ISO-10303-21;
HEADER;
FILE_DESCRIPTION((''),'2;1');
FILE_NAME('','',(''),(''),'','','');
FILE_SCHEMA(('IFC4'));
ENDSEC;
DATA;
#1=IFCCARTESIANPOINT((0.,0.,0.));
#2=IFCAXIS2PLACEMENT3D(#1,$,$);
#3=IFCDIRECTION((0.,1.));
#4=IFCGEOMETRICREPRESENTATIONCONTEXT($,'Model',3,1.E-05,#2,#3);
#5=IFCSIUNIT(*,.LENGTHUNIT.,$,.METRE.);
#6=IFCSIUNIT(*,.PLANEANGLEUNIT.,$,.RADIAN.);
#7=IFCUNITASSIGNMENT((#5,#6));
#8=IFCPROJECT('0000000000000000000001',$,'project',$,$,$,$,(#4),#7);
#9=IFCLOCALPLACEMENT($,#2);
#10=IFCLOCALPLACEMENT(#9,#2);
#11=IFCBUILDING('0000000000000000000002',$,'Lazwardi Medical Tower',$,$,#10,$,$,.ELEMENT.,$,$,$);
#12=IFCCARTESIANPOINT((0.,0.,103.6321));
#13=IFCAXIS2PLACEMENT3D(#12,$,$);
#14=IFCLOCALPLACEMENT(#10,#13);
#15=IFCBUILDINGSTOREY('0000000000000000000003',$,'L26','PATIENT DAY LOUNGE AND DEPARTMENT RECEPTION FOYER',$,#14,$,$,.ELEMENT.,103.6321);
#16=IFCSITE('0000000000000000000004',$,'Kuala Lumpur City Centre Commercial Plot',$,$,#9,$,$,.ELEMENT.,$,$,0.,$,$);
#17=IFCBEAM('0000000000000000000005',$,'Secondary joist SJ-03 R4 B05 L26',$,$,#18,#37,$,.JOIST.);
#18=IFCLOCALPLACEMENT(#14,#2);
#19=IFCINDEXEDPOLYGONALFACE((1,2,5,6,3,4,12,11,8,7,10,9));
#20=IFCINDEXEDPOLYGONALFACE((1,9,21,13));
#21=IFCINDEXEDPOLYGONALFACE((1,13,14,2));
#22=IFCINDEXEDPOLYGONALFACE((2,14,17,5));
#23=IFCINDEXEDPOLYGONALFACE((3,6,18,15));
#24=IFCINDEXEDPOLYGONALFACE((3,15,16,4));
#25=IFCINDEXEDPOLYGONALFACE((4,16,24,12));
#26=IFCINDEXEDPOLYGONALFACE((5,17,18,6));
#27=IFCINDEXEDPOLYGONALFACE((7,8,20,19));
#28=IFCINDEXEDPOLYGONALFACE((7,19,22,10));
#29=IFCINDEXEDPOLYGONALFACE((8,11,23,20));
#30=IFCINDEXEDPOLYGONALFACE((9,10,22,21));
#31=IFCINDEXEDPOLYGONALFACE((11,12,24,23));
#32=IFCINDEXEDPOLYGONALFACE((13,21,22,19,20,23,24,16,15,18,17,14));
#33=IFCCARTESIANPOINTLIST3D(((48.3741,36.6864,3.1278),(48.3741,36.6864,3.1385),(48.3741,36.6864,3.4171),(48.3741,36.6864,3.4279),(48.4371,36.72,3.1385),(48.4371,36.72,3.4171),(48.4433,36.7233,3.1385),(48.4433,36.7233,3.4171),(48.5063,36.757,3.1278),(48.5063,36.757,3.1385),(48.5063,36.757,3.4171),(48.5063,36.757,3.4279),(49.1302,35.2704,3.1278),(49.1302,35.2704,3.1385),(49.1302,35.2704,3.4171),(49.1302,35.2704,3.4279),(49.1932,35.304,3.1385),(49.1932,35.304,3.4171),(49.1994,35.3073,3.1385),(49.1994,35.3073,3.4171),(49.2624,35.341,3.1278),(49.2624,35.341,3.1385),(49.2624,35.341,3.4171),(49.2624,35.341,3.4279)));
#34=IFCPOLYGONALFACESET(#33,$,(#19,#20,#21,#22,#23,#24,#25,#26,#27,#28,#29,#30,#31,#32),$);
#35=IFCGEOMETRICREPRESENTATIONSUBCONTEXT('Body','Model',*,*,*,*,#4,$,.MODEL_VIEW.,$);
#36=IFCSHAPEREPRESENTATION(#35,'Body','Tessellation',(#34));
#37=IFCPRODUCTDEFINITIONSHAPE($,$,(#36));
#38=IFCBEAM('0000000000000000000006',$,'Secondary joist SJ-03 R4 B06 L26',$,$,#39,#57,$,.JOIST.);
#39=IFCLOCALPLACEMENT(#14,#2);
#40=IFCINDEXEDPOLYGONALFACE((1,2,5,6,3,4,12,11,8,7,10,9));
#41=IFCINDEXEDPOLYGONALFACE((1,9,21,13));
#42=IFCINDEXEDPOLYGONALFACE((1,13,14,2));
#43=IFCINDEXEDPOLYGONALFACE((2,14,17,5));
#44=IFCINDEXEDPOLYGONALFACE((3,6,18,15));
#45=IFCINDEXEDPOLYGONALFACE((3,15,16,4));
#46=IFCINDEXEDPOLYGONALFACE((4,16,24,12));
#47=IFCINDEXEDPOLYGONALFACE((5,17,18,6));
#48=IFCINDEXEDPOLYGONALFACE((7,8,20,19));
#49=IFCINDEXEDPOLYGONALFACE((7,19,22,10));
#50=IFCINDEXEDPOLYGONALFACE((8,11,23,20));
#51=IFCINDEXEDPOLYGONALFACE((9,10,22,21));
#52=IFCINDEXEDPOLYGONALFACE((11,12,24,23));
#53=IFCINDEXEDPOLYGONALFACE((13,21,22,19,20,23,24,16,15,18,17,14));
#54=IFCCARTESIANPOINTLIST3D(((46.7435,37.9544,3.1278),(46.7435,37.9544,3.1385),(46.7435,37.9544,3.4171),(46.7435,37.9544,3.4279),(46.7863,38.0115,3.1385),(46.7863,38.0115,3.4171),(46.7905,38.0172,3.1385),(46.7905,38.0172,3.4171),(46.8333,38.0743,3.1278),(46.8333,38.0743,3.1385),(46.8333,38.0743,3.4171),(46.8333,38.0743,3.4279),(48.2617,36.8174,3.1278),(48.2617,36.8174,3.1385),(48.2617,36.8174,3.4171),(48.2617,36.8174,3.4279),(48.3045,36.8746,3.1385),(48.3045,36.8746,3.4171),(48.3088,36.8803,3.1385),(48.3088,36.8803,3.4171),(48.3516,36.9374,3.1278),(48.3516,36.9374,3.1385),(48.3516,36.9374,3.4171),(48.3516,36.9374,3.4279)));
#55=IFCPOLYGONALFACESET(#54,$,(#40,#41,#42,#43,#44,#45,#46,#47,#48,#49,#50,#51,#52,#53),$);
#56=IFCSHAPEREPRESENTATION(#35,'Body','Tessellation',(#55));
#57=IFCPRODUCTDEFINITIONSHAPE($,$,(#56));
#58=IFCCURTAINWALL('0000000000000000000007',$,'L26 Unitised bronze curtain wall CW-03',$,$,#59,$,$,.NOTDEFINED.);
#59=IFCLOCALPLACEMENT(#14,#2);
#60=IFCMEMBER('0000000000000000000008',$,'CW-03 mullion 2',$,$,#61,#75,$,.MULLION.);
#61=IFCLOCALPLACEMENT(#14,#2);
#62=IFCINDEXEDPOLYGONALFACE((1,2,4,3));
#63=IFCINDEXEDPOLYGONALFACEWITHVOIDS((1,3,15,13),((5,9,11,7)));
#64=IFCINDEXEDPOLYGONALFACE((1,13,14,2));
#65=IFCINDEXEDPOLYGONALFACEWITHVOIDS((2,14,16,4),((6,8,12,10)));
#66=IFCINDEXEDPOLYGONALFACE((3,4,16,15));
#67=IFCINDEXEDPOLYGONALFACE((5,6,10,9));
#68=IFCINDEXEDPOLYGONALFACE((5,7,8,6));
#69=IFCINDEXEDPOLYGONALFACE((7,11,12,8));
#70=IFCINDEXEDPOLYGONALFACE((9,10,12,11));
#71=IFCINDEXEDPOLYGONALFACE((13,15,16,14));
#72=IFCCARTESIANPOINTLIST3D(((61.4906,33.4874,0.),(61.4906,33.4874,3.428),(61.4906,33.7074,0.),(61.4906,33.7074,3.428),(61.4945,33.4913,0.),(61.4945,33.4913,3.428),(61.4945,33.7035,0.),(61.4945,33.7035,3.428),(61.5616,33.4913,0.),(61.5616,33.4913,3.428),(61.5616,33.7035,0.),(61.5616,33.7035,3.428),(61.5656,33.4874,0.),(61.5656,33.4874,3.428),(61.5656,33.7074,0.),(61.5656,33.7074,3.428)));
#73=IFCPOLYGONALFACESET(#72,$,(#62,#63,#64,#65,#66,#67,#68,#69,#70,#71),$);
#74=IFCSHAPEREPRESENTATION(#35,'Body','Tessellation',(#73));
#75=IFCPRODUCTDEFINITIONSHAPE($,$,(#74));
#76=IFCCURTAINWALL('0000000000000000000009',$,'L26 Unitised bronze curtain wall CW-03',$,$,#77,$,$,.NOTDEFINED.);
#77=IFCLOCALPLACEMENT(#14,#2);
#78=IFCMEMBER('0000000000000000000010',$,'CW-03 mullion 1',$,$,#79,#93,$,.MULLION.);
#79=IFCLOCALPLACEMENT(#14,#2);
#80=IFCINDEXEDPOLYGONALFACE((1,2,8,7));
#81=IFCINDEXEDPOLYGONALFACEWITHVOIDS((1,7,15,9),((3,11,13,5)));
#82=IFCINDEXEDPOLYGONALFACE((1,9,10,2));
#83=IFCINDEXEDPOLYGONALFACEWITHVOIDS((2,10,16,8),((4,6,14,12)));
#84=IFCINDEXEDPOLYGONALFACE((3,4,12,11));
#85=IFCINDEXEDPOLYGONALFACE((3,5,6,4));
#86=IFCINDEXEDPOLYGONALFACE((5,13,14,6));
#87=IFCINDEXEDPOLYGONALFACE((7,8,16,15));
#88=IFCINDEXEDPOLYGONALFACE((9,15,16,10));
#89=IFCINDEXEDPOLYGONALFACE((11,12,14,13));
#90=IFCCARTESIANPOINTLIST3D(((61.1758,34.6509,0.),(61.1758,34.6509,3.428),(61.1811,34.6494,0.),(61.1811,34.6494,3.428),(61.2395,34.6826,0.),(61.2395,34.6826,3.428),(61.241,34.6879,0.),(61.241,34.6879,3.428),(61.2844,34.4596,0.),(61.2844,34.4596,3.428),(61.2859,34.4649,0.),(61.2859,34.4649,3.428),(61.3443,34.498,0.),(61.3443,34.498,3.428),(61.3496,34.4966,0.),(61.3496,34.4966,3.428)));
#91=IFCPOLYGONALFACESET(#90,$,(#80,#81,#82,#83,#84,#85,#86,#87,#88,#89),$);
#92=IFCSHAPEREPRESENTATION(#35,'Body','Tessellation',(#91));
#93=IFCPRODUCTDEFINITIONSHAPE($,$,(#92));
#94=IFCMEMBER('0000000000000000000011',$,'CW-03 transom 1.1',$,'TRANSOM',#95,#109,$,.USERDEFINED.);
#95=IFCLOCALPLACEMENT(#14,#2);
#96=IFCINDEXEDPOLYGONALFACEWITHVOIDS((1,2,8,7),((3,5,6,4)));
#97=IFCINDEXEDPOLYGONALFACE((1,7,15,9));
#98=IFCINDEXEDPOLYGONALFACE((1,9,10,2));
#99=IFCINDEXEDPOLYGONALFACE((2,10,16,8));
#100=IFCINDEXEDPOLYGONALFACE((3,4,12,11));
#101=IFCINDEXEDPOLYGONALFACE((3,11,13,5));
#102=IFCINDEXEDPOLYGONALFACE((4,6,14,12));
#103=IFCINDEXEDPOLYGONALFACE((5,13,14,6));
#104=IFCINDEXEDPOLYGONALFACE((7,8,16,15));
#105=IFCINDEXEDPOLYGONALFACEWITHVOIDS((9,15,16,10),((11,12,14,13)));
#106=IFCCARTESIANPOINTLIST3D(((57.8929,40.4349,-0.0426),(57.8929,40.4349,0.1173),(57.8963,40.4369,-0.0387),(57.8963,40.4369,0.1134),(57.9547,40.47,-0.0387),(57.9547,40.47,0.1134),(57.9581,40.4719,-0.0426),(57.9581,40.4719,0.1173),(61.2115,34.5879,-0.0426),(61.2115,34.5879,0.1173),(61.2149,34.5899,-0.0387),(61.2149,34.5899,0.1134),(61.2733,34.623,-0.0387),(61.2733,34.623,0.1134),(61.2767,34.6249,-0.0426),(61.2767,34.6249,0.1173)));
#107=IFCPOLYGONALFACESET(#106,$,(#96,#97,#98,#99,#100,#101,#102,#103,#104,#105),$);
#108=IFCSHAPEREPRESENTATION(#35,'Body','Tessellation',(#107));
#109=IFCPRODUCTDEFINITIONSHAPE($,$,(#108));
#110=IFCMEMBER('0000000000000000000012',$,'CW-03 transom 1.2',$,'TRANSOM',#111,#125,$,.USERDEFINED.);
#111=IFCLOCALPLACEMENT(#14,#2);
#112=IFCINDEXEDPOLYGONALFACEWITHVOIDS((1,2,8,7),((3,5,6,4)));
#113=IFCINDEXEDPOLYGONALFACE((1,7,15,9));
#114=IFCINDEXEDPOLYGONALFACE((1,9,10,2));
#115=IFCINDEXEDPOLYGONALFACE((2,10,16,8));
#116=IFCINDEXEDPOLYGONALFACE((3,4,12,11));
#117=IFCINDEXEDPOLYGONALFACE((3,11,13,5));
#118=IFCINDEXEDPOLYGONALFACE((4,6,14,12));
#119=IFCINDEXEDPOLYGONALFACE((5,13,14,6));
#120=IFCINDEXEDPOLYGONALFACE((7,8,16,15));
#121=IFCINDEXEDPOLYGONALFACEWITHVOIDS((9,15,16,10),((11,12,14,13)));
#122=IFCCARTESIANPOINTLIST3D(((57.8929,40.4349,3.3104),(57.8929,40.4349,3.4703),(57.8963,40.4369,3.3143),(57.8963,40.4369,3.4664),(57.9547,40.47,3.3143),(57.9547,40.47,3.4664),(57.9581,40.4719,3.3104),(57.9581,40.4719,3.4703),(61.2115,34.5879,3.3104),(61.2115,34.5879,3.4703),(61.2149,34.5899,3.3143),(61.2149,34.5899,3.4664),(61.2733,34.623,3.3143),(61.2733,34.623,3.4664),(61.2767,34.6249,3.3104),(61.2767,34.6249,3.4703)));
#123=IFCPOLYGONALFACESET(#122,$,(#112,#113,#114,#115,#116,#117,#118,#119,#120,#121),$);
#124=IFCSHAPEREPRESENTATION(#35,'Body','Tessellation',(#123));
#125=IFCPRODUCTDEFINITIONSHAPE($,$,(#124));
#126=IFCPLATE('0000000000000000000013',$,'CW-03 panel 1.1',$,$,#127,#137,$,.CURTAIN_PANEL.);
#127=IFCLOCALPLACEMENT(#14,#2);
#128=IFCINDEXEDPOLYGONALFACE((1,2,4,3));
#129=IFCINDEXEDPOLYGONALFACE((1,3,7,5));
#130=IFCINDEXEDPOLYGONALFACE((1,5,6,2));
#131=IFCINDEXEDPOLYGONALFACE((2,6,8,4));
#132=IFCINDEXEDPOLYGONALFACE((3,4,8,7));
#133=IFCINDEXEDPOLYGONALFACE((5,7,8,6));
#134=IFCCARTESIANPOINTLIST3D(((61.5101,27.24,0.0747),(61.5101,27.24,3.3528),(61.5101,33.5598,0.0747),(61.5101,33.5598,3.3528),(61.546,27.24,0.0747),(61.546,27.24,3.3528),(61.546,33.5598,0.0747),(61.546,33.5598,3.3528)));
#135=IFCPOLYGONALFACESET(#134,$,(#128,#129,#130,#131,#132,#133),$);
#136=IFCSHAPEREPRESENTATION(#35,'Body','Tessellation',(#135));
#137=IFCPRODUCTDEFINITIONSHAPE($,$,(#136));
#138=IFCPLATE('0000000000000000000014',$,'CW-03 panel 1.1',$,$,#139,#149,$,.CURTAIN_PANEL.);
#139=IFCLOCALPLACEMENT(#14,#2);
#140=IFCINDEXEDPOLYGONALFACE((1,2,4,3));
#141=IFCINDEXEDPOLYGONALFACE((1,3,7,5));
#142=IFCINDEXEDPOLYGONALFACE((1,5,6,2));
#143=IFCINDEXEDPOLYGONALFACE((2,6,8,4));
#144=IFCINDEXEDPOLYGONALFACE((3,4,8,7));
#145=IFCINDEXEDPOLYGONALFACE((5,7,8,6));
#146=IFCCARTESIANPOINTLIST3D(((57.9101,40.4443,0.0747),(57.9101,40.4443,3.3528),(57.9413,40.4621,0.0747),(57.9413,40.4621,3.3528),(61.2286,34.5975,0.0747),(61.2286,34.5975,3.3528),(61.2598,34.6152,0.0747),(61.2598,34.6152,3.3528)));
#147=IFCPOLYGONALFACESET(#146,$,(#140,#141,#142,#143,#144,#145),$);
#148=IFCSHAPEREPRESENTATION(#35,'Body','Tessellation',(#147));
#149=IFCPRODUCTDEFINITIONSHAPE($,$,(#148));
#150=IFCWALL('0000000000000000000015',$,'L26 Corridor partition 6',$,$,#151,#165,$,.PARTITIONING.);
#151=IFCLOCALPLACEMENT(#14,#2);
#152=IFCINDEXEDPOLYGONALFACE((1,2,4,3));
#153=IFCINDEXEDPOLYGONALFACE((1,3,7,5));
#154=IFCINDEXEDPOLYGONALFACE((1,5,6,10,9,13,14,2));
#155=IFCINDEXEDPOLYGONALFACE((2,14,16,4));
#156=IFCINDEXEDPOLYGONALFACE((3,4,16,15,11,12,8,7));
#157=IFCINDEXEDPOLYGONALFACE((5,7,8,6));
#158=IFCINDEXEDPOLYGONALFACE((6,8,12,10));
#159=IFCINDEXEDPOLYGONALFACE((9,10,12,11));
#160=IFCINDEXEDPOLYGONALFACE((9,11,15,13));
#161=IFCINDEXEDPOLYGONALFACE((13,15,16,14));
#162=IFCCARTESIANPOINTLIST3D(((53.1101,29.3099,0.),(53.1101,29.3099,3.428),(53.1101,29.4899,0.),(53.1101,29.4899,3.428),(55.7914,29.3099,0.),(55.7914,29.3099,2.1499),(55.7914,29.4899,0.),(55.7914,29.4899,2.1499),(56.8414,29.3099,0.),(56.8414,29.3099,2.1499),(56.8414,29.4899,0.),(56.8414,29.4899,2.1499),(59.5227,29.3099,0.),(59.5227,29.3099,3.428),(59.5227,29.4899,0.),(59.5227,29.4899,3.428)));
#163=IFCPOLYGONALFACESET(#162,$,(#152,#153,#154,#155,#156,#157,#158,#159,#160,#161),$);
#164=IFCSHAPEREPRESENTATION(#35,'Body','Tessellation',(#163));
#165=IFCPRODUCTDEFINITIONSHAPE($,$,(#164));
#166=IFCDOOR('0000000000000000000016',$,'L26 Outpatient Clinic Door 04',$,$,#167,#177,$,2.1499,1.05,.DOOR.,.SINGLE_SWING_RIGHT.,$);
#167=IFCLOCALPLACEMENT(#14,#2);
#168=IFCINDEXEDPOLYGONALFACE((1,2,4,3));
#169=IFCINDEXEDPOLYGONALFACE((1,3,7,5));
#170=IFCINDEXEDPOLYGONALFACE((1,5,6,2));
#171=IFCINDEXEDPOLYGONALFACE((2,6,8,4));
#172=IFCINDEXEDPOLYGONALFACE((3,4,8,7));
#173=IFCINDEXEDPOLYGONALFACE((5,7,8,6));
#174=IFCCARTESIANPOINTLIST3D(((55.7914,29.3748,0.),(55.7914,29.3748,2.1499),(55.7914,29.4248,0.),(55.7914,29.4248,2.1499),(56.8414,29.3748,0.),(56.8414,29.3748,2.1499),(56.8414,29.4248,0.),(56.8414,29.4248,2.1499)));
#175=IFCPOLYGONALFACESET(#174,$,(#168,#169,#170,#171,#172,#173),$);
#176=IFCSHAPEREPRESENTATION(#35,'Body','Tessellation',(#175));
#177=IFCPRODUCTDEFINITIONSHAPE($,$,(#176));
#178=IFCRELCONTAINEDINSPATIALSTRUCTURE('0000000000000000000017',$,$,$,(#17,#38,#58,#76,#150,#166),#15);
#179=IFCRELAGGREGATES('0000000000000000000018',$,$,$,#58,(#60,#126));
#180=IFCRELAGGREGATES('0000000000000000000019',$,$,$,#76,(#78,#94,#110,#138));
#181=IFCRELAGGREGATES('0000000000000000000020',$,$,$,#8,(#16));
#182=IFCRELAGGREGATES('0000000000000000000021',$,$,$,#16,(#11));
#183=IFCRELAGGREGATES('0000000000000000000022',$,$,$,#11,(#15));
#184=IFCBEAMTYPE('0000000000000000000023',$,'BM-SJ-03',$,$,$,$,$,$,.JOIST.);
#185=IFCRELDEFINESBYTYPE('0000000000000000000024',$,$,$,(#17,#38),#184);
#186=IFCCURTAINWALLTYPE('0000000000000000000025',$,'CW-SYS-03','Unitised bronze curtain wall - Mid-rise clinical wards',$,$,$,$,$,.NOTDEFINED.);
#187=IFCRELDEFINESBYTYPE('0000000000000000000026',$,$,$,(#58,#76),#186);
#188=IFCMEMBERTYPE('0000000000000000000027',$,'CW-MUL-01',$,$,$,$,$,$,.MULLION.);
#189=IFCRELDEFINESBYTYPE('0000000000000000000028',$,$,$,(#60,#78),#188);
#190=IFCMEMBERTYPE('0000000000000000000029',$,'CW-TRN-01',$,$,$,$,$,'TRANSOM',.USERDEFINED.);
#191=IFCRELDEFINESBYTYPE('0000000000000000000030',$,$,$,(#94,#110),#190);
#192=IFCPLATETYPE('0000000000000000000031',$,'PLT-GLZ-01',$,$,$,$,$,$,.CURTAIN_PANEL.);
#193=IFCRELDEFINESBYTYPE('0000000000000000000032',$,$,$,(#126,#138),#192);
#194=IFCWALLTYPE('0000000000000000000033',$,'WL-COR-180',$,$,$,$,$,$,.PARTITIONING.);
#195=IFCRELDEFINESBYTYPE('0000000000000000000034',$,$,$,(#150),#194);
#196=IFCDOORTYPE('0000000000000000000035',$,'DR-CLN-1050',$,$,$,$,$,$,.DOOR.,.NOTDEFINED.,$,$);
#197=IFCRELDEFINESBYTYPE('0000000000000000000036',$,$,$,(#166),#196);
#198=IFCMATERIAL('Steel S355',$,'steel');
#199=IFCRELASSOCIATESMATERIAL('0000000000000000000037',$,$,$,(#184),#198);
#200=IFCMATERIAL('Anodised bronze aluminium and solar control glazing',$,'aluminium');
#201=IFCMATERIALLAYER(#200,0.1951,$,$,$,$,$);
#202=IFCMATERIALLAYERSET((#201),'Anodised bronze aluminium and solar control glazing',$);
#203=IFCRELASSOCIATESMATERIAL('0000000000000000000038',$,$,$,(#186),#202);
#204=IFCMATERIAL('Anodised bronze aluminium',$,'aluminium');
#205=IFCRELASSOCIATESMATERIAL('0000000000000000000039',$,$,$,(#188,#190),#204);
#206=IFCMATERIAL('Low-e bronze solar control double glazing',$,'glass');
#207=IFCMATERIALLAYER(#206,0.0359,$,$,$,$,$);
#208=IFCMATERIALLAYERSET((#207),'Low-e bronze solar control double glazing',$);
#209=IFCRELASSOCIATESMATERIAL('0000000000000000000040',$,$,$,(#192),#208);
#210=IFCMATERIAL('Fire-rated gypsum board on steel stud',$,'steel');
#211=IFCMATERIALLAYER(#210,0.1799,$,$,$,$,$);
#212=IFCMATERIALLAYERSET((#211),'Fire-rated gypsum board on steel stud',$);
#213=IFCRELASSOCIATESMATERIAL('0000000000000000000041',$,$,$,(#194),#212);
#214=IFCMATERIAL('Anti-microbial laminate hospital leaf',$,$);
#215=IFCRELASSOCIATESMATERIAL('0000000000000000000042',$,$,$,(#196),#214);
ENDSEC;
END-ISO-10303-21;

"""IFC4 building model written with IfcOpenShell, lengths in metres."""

from ifc_helpers import new_model, si_unit, direction, frame, frame_2d, origin, origin_2d, place, context, subcontext, project, spatial, rectangle, hollow_rectangle, i_section, extrude, material, layer, layer_set, material_profile, profile_set, type_object, element, fill, aggregate, save


model = new_model("IFC4")

# Units and contexts
model_context = context("Model", 3, precision=1e-05, world=origin(), true_north=direction((0.0, 1.0)))
body_context = subcontext(model_context, "Body", "Model", "MODEL_VIEW")
ifc_project = project(units=[si_unit("LENGTHUNIT", "METRE"), si_unit("PLANEANGLEUNIT", "RADIAN")], contexts=[model_context])

# Site, building, storey
site_placement = place(None, origin())
site = spatial("IfcSite", under=ifc_project, at=site_placement, Name="Kuala Lumpur City Centre Commercial Plot", CompositionType="ELEMENT", RefElevation=0.0)
building_placement = place(site_placement, origin())
building = spatial("IfcBuilding", under=site, at=building_placement, Name="Lazwardi Medical Tower", CompositionType="ELEMENT")
storey_placement = place(building_placement, frame((0.0, 0.0, 103.6321)))
storey = spatial("IfcBuildingStorey", under=building, at=storey_placement, Name="L26", Description="PATIENT DAY LOUNGE AND DEPARTMENT RECEPTION FOYER", CompositionType="ELEMENT", Elevation=103.6321)

# Beams
ifc_material_1 = material(Name="Steel S355", Category="steel")
ifc_material_profile_1 = material_profile(ifc_material_1, i_section(OverallWidth=0.1499, OverallDepth=0.3, WebThickness=0.0071, FlangeThickness=0.0107, at=origin_2d()), Name="IPE 300")
ifc_profile_set_1 = profile_set([ifc_material_profile_1], Name="Steel S355")
beam_type_1 = type_object("IfcBeamType", Name="BM-SJ-03", PredefinedType="JOIST", material=ifc_profile_set_1)
beam_1_placement = place(storey_placement, frame((49.1963, 35.3057, 3.2778), z_axis=(-0.471022, 0.882121, 0.0), x_axis=(-0.882121, -0.471022, 0.0)))
element("IfcBeam", 1, at=beam_1_placement, inside=storey, type_object=beam_type_1, Name="Secondary joist SJ-03 R4 B05 L26", PredefinedType="JOIST", context=body_context, shape_type="SweptSolid", body=[
    extrude(i_section(OverallWidth=0.1499, OverallDepth=0.3, WebThickness=0.0071, FlangeThickness=0.0107, at=origin_2d()), origin(), (0.0, 0.0, 1.0), 1.6052),
])
beam_2_placement = place(storey_placement, frame((48.3066, 36.8774, 3.2778), z_axis=(-0.800448, 0.599403, 0.0), x_axis=(-0.599403, -0.800448, 0.0)))
element("IfcBeam", 2, at=beam_2_placement, inside=storey, type_object=beam_type_1, Name="Secondary joist SJ-03 R4 B06 L26", PredefinedType="JOIST", context=body_context, shape_type="SweptSolid", body=[
    extrude(i_section(OverallWidth=0.1499, OverallDepth=0.3, WebThickness=0.0071, FlangeThickness=0.0107, at=origin_2d()), origin(), (0.0, 0.0, 1.0), 1.8967),
])

# Curtain wall, member
ifc_material_2 = material(Name="Anodised bronze aluminium and solar control glazing", Category="aluminium")
ifc_layer_1 = layer(ifc_material_2, 0.1951)
ifc_layer_set_1 = layer_set([ifc_layer_1], Name="Anodised bronze aluminium and solar control glazing")
curtain_wall_type = type_object("IfcCurtainWallType", Name="CW-SYS-03", Description="Unitised bronze curtain wall - Mid-rise clinical wards", PredefinedType="NOTDEFINED", material=ifc_layer_set_1)
curtain_wall_1_placement = place(storey_placement, origin())
curtain_wall_1 = element("IfcCurtainWall", 3, at=curtain_wall_1_placement, inside=storey, type_object=curtain_wall_type, Name="L26 Unitised bronze curtain wall CW-03", PredefinedType="NOTDEFINED")
ifc_material_3 = material(Name="Anodised bronze aluminium", Category="aluminium")
ifc_material_profile_2 = material_profile(ifc_material_3, hollow_rectangle(XDim=0.075, YDim=0.22, WallThickness=0.0039, at=origin_2d()), Name="ALU-MULLION 220x75x4")
ifc_profile_set_2 = profile_set([ifc_material_profile_2], Name="Anodised bronze aluminium")
member_type_1 = type_object("IfcMemberType", Name="CW-MUL-01", PredefinedType="MULLION", material=ifc_profile_set_2)
member_1_placement = place(storey_placement, frame((61.5281, 33.5974, 0.0), z_axis=(0.0, 0.0, 1.0), x_axis=(-1.0, 0.0, 0.0)))
member_1 = element("IfcMember", 4, at=member_1_placement, type_object=member_type_1, Name="CW-03 mullion 2", PredefinedType="MULLION", context=body_context, shape_type="SweptSolid", body=[
    extrude(hollow_rectangle(XDim=0.075, YDim=0.22, WallThickness=0.0039, at=origin_2d()), origin(), (0.0, 0.0, 1.0), 3.428),
])

# Curtain wall, members
curtain_wall_2_placement = place(storey_placement, origin())
curtain_wall_2 = element("IfcCurtainWall", 5, at=curtain_wall_2_placement, inside=storey, type_object=curtain_wall_type, Name="L26 Unitised bronze curtain wall CW-03", PredefinedType="NOTDEFINED")
member_2_placement = place(storey_placement, frame((61.2627, 34.5737, 0.0), z_axis=(0.0, 0.0, 1.0), x_axis=(-0.869687, -0.493603, 0.0)))
member_2 = element("IfcMember", 6, at=member_2_placement, type_object=member_type_1, Name="CW-03 mullion 1", PredefinedType="MULLION", context=body_context, shape_type="SweptSolid", body=[
    extrude(hollow_rectangle(XDim=0.075, YDim=0.22, WallThickness=0.0039, at=origin_2d()), origin(), (0.0, 0.0, 1.0), 3.428),
])
ifc_material_profile_3 = material_profile(ifc_material_3, hollow_rectangle(XDim=0.075, YDim=0.1599, WallThickness=0.0039, at=origin_2d()), Name="ALU-TRANSOM 160x75x4")
ifc_profile_set_3 = profile_set([ifc_material_profile_3], Name="Anodised bronze aluminium")
member_type_2 = type_object("IfcMemberType", Name="CW-TRN-01", ElementType="TRANSOM", PredefinedType="USERDEFINED", material=ifc_profile_set_3)
member_3_placement = place(storey_placement, frame((61.2441, 34.6064, 0.0374), z_axis=(-0.493614, 0.869681, 0.0), x_axis=(-0.869681, -0.493614, 0.0)))
member_3 = element("IfcMember", 7, at=member_3_placement, type_object=member_type_2, Name="CW-03 transom 1.1", ObjectType="TRANSOM", PredefinedType="USERDEFINED", context=body_context, shape_type="SweptSolid", body=[
    extrude(hollow_rectangle(XDim=0.075, YDim=0.1599, WallThickness=0.0039, at=origin_2d()), origin(), (0.0, 0.0, 1.0), 6.7231),
])
member_4_placement = place(storey_placement, frame((61.2441, 34.6064, 3.3904), z_axis=(-0.493614, 0.869681, 0.0), x_axis=(-0.869681, -0.493614, 0.0)))
member_4 = element("IfcMember", 8, at=member_4_placement, type_object=member_type_2, Name="CW-03 transom 1.2", ObjectType="TRANSOM", PredefinedType="USERDEFINED", context=body_context, shape_type="SweptSolid", body=[
    extrude(hollow_rectangle(XDim=0.075, YDim=0.1599, WallThickness=0.0039, at=origin_2d()), origin(), (0.0, 0.0, 1.0), 6.7231),
])

# Plates
ifc_material_4 = material(Name="Low-e bronze solar control double glazing", Category="glass")
ifc_layer_2 = layer(ifc_material_4, 0.0359)
ifc_layer_set_2 = layer_set([ifc_layer_2], Name="Low-e bronze solar control double glazing")
plate_type = type_object("IfcPlateType", Name="PLT-GLZ-01", PredefinedType="CURTAIN_PANEL", material=ifc_layer_set_2)
plate_1_placement = place(storey_placement, frame((61.5281, 30.3999, 0.0747), z_axis=(0.0, 0.0, 1.0), x_axis=(0.0, 1.0, 0.0)))
plate_1 = element("IfcPlate", 9, at=plate_1_placement, type_object=plate_type, Name="CW-03 panel 1.1", PredefinedType="CURTAIN_PANEL", context=body_context, shape_type="SweptSolid", body=[
    extrude(rectangle(XDim=6.3198, YDim=0.0359, at=origin_2d()), origin(), (0.0, 0.0, 1.0), 3.2781),
])
aggregate(curtain_wall_1, [member_1, plate_1])
plate_2_placement = place(storey_placement, frame((59.585, 37.5298, 0.0747), z_axis=(0.0, 0.0, 1.0), x_axis=(-0.493603, 0.869687, 0.0)))
plate_2 = element("IfcPlate", 10, at=plate_2_placement, type_object=plate_type, Name="CW-03 panel 1.1", PredefinedType="CURTAIN_PANEL", context=body_context, shape_type="SweptSolid", body=[
    extrude(rectangle(XDim=6.7229, YDim=0.0359, at=origin_2d()), origin(), (0.0, 0.0, 1.0), 3.2781),
])
aggregate(curtain_wall_2, [member_2, member_3, member_4, plate_2])

# Wall, opening, door
ifc_material_5 = material(Name="Fire-rated gypsum board on steel stud", Category="steel")
ifc_layer_3 = layer(ifc_material_5, 0.1799)
ifc_layer_set_3 = layer_set([ifc_layer_3], Name="Fire-rated gypsum board on steel stud")
wall_type_1 = type_object("IfcWallType", Name="WL-COR-180", PredefinedType="PARTITIONING", material=ifc_layer_set_3)
wall_1_placement = place(storey_placement, frame((53.1101, 29.3999, 0.0), z_axis=(0.0, 0.0, 1.0), x_axis=(1.0, 0.0, 0.0)))
wall_1 = element("IfcWall", 11, at=wall_1_placement, inside=storey, type_object=wall_type_1, Name="L26 Corridor partition 6", PredefinedType="PARTITIONING", context=body_context, shape_type="SweptSolid", body=[
    extrude(rectangle(XDim=6.4126, YDim=0.1799, at=frame_2d((3.2063, 0.0))), origin(), (0.0, 0.0, 1.0), 3.428),
])
opening_1_placement = place(wall_1_placement, frame((2.6814, 0.0, 0.0)))
opening_1 = element("IfcOpeningElement", 12, at=opening_1_placement, cuts=wall_1, PredefinedType="OPENING", context=body_context, shape_type="SweptSolid", body=[
    extrude(rectangle(XDim=1.05, YDim=2.1499, at=frame_2d((0.5249, 1.075))), frame((0.0, 0.0999, 0.0), z_axis=(0.0, -1.0, 0.0), x_axis=(1.0, 0.0, 0.0)), (0.0, 0.0, 1.0), 0.2),
])
ifc_material_6 = material(Name="Anti-microbial laminate hospital leaf")
door_type_1 = type_object("IfcDoorType", Name="DR-CLN-1050", OperationType="NOTDEFINED", PredefinedType="DOOR", material=ifc_material_6)
door_1_placement = place(opening_1_placement, origin())
door_1 = element("IfcDoor", 13, at=door_1_placement, inside=storey, type_object=door_type_1, Name="L26 Outpatient Clinic Door 04", OperationType="SINGLE_SWING_RIGHT", OverallHeight=2.1499, OverallWidth=1.05, PredefinedType="DOOR", context=body_context, shape_type="SweptSolid", body=[
    extrude(rectangle(XDim=1.05, YDim=2.1499, at=frame_2d((0.5249, 1.075))), frame((0.0, 0.0249, 0.0), z_axis=(0.0, -1.0, 0.0), x_axis=(1.0, 0.0, 0.0)), (0.0, 0.0, 1.0), 0.05),
])
fill(opening_1, door_1)

save(model, "model.ifc")
